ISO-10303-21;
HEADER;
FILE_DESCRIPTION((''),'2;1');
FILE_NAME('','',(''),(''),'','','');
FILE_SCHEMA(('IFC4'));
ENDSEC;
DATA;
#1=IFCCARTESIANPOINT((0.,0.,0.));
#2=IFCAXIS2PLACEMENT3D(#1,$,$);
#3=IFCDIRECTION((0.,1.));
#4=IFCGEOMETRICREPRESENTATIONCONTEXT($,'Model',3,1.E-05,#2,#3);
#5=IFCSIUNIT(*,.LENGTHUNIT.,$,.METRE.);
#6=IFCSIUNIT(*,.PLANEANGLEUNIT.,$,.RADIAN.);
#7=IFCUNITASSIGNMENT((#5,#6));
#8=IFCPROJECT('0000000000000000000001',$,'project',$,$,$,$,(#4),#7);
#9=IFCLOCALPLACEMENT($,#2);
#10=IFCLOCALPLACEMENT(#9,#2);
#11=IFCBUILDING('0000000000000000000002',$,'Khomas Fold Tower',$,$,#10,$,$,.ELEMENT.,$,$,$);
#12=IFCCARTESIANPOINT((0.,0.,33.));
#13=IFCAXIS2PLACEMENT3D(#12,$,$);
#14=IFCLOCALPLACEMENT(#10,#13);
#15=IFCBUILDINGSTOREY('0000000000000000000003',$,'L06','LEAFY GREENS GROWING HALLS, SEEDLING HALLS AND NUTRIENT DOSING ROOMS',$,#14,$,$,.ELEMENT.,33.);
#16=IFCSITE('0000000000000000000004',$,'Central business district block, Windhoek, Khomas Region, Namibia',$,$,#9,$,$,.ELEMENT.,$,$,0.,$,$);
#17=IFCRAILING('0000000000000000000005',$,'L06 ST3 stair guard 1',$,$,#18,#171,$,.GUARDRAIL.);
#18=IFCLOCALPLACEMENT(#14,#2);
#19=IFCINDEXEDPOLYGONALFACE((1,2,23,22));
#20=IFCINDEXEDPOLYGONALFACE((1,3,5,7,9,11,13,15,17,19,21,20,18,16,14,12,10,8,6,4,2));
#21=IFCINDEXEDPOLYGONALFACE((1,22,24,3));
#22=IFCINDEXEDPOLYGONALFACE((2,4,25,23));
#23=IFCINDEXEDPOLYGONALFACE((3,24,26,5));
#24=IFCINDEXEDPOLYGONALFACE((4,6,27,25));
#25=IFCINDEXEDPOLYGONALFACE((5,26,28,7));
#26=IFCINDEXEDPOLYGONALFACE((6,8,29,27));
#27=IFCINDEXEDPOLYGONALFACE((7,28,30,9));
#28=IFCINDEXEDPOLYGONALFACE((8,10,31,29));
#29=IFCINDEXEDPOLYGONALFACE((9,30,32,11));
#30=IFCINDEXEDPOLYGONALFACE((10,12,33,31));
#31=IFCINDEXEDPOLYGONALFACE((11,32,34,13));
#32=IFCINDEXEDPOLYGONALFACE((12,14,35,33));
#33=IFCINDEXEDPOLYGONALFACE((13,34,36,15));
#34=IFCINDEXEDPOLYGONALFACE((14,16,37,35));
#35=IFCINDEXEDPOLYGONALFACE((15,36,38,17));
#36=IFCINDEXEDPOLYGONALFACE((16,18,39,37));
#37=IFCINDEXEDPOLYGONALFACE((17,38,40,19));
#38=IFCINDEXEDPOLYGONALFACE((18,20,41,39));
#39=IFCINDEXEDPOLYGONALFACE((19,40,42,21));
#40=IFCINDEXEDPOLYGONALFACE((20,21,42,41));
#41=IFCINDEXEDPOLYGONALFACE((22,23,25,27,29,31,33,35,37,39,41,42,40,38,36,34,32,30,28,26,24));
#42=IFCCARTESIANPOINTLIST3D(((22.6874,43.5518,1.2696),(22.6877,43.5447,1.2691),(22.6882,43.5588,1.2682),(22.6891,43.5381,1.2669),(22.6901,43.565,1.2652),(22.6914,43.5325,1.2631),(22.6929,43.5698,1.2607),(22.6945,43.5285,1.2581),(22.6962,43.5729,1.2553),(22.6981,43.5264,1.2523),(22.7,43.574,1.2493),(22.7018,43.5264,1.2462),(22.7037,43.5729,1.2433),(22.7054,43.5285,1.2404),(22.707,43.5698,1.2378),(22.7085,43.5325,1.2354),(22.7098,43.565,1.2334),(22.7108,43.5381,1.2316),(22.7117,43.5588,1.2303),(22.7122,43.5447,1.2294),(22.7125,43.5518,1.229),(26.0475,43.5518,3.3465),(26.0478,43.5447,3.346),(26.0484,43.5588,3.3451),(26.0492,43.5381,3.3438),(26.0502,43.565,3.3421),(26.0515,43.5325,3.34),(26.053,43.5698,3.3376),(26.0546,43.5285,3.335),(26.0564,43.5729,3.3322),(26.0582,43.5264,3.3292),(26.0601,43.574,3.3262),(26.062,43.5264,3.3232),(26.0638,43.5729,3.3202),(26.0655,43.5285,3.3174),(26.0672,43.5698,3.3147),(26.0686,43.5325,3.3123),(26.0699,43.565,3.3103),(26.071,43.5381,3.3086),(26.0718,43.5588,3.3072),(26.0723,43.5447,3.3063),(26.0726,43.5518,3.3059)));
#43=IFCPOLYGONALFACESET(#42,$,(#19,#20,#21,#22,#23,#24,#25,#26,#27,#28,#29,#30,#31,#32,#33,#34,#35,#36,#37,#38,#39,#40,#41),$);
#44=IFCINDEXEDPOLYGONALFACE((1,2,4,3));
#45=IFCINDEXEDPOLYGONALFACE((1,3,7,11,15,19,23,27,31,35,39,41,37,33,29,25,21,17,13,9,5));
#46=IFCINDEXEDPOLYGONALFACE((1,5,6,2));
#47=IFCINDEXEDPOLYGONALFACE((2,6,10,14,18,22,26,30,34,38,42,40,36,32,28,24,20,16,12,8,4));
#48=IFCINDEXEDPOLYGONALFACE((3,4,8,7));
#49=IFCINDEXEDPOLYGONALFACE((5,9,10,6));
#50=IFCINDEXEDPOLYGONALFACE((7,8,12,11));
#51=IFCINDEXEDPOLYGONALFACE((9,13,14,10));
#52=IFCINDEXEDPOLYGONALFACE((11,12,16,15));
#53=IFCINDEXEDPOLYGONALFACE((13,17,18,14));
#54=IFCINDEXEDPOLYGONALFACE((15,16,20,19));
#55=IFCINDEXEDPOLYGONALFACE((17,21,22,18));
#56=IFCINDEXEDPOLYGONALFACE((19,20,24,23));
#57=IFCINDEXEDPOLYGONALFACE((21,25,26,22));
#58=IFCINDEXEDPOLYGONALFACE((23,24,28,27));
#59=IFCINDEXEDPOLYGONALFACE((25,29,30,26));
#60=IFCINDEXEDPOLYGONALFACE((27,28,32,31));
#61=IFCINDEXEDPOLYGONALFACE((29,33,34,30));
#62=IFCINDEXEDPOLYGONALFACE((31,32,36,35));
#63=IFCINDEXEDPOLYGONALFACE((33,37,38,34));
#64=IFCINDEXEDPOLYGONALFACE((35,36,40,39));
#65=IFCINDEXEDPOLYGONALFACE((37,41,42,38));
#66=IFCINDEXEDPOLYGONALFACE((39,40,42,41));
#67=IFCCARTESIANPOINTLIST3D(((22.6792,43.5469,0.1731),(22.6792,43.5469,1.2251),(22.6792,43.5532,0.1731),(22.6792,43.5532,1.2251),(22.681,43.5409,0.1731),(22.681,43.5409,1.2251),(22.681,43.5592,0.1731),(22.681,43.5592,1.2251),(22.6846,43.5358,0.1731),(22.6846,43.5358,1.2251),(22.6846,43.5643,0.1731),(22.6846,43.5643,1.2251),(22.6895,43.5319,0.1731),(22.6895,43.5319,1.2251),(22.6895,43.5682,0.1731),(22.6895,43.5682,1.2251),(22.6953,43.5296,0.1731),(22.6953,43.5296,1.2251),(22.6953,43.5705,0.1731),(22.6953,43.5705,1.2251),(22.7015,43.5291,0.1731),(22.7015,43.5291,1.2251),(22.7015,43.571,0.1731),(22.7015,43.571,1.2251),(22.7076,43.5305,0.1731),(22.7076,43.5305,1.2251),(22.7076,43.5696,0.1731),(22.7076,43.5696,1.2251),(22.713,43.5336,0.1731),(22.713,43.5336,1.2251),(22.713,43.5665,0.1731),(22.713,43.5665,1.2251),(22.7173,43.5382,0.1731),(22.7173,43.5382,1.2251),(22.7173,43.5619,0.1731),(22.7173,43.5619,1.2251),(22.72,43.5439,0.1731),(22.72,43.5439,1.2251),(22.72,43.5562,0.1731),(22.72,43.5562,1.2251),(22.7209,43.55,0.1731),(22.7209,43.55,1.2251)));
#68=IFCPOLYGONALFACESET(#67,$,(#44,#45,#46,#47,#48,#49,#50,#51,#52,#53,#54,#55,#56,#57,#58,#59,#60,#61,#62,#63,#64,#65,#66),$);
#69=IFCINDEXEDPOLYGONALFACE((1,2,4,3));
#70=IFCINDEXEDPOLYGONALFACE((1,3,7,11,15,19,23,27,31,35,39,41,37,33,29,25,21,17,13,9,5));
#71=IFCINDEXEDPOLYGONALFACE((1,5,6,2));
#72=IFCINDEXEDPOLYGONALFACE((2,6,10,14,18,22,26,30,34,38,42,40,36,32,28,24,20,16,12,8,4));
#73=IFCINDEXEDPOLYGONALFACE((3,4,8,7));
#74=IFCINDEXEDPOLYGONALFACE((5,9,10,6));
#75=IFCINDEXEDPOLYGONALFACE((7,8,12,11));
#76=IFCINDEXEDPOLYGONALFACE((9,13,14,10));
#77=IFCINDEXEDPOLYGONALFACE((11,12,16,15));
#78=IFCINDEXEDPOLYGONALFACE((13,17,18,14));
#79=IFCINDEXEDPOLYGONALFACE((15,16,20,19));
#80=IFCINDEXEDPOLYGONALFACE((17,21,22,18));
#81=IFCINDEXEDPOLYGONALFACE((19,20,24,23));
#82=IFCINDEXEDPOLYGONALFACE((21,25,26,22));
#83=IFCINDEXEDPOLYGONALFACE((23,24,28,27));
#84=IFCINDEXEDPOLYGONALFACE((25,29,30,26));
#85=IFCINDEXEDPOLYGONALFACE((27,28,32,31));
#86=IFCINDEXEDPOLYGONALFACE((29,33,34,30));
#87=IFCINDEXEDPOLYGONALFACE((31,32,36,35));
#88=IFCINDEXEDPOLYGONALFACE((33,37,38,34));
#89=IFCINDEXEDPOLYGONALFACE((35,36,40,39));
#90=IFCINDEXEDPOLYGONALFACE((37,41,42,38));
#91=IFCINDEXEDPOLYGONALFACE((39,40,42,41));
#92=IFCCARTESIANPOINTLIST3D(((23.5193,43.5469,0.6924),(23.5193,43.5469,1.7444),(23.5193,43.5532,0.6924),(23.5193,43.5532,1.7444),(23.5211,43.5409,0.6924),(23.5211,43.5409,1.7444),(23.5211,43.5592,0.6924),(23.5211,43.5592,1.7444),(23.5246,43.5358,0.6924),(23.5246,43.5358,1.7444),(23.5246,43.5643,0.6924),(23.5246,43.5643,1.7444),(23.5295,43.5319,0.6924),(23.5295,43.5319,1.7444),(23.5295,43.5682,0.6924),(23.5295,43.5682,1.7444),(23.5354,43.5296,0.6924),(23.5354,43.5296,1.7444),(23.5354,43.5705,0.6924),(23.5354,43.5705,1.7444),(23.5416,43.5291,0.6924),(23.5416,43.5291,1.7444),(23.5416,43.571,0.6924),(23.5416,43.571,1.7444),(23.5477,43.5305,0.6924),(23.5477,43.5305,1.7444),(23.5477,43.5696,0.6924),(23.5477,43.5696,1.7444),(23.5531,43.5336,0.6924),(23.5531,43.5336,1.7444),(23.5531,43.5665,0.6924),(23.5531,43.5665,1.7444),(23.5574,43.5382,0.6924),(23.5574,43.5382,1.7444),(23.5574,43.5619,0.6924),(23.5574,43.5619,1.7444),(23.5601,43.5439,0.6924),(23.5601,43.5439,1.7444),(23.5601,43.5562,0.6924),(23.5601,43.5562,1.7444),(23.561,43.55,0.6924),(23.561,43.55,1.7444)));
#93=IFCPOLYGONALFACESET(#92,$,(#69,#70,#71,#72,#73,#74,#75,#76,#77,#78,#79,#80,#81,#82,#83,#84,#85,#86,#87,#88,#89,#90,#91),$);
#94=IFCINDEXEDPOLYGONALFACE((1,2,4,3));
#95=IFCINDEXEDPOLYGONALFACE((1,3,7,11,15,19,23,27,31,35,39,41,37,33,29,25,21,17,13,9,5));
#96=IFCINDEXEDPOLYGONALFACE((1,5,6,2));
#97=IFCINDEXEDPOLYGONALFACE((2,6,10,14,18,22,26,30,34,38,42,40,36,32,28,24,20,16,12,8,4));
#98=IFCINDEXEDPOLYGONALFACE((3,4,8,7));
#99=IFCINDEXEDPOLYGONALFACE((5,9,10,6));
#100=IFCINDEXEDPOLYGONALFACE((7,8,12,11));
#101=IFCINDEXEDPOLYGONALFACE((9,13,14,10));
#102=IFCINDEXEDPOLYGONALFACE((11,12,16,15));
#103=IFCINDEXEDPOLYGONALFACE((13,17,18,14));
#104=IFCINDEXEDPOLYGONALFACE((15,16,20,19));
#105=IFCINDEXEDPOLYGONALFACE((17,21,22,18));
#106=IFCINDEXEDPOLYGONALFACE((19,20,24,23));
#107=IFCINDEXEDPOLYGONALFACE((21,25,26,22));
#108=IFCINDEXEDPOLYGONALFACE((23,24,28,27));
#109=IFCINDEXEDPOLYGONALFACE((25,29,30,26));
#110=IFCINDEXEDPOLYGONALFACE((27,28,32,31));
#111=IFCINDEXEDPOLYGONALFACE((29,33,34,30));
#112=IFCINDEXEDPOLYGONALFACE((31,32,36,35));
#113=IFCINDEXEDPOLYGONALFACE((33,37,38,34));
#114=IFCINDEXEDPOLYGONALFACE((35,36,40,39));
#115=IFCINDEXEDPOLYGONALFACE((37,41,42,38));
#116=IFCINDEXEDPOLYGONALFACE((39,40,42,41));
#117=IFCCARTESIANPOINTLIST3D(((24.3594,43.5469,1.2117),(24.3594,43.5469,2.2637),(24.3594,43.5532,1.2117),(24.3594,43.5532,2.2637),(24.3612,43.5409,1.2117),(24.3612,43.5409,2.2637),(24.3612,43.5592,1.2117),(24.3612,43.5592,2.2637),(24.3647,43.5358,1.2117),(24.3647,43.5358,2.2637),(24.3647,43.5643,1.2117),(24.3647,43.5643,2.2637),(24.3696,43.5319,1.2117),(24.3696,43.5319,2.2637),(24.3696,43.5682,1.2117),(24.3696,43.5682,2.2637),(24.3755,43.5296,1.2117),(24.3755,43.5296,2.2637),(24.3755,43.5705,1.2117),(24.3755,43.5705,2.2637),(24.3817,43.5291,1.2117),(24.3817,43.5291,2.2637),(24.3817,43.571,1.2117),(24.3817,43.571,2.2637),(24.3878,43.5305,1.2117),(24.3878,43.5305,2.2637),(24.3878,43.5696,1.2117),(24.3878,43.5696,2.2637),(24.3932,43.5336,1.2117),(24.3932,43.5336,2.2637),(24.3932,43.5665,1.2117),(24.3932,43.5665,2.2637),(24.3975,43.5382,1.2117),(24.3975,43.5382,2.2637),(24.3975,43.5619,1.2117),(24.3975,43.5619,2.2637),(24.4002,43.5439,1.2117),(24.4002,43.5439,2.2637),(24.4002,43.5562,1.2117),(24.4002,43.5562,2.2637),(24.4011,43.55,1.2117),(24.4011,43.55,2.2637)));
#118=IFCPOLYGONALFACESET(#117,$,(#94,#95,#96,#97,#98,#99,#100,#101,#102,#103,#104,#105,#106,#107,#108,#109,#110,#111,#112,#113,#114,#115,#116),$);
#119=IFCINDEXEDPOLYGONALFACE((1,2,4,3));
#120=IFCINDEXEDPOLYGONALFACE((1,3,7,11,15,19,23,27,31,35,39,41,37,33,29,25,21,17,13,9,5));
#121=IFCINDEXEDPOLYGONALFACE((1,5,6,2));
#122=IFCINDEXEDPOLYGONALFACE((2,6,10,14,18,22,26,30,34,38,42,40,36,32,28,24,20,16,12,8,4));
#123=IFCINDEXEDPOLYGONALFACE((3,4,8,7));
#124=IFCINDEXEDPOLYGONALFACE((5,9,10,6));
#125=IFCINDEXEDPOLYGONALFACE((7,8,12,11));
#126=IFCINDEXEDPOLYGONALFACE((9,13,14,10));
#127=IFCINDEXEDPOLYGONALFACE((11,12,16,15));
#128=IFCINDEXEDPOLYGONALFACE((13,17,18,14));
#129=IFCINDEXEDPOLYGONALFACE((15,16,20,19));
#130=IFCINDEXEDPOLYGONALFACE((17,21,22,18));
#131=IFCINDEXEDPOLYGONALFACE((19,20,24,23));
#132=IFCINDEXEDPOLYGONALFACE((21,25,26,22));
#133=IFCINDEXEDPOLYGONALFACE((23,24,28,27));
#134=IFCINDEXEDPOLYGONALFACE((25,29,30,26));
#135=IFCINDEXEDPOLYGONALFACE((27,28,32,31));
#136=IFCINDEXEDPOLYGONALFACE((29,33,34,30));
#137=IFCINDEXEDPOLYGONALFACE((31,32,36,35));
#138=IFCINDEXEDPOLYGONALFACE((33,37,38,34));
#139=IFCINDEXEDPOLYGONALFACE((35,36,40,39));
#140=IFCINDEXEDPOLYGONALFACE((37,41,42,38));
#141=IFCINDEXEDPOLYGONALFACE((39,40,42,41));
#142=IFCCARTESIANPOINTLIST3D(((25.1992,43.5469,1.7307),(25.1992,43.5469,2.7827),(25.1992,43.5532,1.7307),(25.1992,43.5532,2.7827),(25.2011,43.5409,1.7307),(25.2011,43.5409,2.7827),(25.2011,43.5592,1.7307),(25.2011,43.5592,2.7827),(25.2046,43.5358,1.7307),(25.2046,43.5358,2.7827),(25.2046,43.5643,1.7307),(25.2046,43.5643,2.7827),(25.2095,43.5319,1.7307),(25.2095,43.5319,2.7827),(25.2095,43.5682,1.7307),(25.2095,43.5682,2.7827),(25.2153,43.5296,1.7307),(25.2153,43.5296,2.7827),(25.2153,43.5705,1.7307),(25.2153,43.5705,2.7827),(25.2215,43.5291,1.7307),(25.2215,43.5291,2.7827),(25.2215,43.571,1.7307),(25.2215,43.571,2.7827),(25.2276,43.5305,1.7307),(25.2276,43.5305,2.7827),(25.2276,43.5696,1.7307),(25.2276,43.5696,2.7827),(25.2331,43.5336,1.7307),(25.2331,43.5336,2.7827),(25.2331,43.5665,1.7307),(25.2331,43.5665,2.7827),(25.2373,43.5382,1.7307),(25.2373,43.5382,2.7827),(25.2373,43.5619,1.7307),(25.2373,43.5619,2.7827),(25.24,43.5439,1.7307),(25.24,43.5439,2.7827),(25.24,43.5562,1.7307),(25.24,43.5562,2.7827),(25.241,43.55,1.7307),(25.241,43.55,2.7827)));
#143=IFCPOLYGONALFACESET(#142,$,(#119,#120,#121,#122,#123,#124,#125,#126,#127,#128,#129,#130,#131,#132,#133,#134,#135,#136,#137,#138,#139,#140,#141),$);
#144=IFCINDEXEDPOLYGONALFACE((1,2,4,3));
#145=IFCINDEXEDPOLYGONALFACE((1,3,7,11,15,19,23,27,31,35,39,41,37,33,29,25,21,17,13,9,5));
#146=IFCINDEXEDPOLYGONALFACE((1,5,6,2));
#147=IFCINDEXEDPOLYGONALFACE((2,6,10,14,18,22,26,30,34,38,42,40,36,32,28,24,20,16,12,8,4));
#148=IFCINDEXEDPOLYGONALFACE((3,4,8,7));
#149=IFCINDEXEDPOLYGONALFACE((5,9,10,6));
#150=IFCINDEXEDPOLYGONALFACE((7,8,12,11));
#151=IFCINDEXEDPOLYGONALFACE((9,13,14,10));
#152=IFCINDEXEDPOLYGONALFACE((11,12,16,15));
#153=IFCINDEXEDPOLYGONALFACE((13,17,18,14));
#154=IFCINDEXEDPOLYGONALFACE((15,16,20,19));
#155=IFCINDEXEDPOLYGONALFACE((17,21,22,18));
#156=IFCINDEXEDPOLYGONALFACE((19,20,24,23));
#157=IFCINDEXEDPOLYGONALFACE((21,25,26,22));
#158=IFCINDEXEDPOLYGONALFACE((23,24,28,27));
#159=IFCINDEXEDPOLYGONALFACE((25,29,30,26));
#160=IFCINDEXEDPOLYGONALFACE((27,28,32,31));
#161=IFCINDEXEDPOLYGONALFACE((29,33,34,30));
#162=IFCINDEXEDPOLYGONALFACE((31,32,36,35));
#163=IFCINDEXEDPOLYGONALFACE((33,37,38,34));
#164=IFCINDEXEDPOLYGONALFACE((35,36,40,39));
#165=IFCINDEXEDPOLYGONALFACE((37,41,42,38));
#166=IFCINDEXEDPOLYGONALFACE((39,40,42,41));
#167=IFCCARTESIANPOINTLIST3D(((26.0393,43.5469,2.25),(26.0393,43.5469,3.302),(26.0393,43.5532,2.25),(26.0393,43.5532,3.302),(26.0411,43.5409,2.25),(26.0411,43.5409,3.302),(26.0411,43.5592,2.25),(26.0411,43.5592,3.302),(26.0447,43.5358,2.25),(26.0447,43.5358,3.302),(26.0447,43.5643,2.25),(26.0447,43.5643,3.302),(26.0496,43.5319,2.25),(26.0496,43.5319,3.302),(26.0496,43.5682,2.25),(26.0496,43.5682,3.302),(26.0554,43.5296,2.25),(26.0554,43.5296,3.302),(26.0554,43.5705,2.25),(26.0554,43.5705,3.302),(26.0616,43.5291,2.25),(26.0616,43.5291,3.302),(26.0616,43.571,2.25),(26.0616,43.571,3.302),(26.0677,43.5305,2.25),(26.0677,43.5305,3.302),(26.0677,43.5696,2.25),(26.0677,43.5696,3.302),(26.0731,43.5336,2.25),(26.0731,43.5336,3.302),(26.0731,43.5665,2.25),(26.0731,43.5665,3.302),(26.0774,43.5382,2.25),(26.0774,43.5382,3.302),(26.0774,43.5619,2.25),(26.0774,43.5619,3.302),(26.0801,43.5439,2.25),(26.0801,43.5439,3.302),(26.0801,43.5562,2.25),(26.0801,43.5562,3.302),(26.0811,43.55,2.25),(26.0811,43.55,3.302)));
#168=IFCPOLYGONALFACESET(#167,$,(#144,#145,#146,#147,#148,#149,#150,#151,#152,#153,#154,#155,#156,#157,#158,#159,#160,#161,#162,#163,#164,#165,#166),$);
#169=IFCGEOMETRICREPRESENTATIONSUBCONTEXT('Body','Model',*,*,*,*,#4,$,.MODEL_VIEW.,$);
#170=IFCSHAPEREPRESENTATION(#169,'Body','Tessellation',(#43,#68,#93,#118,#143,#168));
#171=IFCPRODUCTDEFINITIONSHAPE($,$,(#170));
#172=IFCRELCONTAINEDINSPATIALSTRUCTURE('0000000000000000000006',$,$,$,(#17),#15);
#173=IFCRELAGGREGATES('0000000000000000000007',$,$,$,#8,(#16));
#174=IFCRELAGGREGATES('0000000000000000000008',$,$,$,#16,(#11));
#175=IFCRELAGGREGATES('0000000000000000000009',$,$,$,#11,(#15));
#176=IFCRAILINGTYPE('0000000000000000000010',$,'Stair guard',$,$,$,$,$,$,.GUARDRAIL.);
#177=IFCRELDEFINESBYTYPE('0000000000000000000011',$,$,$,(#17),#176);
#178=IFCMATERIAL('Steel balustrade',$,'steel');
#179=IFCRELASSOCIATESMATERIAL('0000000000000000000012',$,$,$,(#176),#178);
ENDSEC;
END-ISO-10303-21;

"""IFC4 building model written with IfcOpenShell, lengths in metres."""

from ifc_helpers import new_model, si_unit, direction, frame, origin, origin_2d, place, context, subcontext, project, spatial, circle, extrude, source, transform, mapped, material, type_object, element, save


model = new_model("IFC4")

# Units and contexts
model_context = context("Model", 3, precision=1e-05, world=origin(), true_north=direction((0.0, 1.0)))
body_context = subcontext(model_context, "Body", "Model", "MODEL_VIEW")
ifc_project = project(units=[si_unit("LENGTHUNIT", "METRE"), si_unit("PLANEANGLEUNIT", "RADIAN")], contexts=[model_context])

# Site, building, storey
site_placement = place(None, origin())
site = spatial("IfcSite", under=ifc_project, at=site_placement, Name="Central business district block, Windhoek, Khomas Region, Namibia", CompositionType="ELEMENT", RefElevation=0.0)
building_placement = place(site_placement, origin())
building = spatial("IfcBuilding", under=site, at=building_placement, Name="Khomas Fold Tower", CompositionType="ELEMENT")
storey_placement = place(building_placement, frame((0.0, 0.0, 33.0)))
storey = spatial("IfcBuildingStorey", under=building, at=storey_placement, Name="L06", Description="LEAFY GREENS GROWING HALLS, SEEDLING HALLS AND NUTRIENT DOSING ROOMS", CompositionType="ELEMENT", Elevation=33.0)

# Railing
ifc_material_1 = material(Name="Steel balustrade", Category="steel")
railing_type_1 = type_object("IfcRailingType", Name="Stair guard", PredefinedType="GUARDRAIL", material=ifc_material_1)
shared_shape_1 = source(origin(), body_context, "Body", "SweptSolid", [
    extrude(circle(Radius=0.0239, at=origin_2d()), frame((0.0, 0.0, 1.0762), z_axis=(0.850623, 0.0, 0.525776), x_axis=(0.0, 1.0, 0.0)), (0.0, 0.0, 1.0), 3.9502),
    extrude(circle(Radius=0.021, at=origin_2d()), origin(), (0.0, 0.0, 1.0), 1.052),
    extrude(circle(Radius=0.021, at=origin_2d()), frame((0.8401, 0.0, 0.5193)), (0.0, 0.0, 1.0), 1.052),
    extrude(circle(Radius=0.021, at=origin_2d()), frame((1.6802, 0.0, 1.0386)), (0.0, 0.0, 1.0), 1.052),
    extrude(circle(Radius=0.021, at=origin_2d()), frame((2.52, 0.0, 1.5576)), (0.0, 0.0, 1.0), 1.052),
    extrude(circle(Radius=0.021, at=origin_2d()), frame((3.3601, 0.0, 2.0769)), (0.0, 0.0, 1.0), 1.052),
])
railing_1_placement = place(storey_placement, frame((22.7, 43.55, 0.1731)))
element("IfcRailing", 1, at=railing_1_placement, inside=storey, type_object=railing_type_1, Name="L06 ST3 stair guard 1", PredefinedType="GUARDRAIL", context=body_context, shape_type="MappedRepresentation", body=[
    mapped(shared_shape_1, transform((0.0, 0.0, 0.0))),
])

save(model, "model.ifc")
